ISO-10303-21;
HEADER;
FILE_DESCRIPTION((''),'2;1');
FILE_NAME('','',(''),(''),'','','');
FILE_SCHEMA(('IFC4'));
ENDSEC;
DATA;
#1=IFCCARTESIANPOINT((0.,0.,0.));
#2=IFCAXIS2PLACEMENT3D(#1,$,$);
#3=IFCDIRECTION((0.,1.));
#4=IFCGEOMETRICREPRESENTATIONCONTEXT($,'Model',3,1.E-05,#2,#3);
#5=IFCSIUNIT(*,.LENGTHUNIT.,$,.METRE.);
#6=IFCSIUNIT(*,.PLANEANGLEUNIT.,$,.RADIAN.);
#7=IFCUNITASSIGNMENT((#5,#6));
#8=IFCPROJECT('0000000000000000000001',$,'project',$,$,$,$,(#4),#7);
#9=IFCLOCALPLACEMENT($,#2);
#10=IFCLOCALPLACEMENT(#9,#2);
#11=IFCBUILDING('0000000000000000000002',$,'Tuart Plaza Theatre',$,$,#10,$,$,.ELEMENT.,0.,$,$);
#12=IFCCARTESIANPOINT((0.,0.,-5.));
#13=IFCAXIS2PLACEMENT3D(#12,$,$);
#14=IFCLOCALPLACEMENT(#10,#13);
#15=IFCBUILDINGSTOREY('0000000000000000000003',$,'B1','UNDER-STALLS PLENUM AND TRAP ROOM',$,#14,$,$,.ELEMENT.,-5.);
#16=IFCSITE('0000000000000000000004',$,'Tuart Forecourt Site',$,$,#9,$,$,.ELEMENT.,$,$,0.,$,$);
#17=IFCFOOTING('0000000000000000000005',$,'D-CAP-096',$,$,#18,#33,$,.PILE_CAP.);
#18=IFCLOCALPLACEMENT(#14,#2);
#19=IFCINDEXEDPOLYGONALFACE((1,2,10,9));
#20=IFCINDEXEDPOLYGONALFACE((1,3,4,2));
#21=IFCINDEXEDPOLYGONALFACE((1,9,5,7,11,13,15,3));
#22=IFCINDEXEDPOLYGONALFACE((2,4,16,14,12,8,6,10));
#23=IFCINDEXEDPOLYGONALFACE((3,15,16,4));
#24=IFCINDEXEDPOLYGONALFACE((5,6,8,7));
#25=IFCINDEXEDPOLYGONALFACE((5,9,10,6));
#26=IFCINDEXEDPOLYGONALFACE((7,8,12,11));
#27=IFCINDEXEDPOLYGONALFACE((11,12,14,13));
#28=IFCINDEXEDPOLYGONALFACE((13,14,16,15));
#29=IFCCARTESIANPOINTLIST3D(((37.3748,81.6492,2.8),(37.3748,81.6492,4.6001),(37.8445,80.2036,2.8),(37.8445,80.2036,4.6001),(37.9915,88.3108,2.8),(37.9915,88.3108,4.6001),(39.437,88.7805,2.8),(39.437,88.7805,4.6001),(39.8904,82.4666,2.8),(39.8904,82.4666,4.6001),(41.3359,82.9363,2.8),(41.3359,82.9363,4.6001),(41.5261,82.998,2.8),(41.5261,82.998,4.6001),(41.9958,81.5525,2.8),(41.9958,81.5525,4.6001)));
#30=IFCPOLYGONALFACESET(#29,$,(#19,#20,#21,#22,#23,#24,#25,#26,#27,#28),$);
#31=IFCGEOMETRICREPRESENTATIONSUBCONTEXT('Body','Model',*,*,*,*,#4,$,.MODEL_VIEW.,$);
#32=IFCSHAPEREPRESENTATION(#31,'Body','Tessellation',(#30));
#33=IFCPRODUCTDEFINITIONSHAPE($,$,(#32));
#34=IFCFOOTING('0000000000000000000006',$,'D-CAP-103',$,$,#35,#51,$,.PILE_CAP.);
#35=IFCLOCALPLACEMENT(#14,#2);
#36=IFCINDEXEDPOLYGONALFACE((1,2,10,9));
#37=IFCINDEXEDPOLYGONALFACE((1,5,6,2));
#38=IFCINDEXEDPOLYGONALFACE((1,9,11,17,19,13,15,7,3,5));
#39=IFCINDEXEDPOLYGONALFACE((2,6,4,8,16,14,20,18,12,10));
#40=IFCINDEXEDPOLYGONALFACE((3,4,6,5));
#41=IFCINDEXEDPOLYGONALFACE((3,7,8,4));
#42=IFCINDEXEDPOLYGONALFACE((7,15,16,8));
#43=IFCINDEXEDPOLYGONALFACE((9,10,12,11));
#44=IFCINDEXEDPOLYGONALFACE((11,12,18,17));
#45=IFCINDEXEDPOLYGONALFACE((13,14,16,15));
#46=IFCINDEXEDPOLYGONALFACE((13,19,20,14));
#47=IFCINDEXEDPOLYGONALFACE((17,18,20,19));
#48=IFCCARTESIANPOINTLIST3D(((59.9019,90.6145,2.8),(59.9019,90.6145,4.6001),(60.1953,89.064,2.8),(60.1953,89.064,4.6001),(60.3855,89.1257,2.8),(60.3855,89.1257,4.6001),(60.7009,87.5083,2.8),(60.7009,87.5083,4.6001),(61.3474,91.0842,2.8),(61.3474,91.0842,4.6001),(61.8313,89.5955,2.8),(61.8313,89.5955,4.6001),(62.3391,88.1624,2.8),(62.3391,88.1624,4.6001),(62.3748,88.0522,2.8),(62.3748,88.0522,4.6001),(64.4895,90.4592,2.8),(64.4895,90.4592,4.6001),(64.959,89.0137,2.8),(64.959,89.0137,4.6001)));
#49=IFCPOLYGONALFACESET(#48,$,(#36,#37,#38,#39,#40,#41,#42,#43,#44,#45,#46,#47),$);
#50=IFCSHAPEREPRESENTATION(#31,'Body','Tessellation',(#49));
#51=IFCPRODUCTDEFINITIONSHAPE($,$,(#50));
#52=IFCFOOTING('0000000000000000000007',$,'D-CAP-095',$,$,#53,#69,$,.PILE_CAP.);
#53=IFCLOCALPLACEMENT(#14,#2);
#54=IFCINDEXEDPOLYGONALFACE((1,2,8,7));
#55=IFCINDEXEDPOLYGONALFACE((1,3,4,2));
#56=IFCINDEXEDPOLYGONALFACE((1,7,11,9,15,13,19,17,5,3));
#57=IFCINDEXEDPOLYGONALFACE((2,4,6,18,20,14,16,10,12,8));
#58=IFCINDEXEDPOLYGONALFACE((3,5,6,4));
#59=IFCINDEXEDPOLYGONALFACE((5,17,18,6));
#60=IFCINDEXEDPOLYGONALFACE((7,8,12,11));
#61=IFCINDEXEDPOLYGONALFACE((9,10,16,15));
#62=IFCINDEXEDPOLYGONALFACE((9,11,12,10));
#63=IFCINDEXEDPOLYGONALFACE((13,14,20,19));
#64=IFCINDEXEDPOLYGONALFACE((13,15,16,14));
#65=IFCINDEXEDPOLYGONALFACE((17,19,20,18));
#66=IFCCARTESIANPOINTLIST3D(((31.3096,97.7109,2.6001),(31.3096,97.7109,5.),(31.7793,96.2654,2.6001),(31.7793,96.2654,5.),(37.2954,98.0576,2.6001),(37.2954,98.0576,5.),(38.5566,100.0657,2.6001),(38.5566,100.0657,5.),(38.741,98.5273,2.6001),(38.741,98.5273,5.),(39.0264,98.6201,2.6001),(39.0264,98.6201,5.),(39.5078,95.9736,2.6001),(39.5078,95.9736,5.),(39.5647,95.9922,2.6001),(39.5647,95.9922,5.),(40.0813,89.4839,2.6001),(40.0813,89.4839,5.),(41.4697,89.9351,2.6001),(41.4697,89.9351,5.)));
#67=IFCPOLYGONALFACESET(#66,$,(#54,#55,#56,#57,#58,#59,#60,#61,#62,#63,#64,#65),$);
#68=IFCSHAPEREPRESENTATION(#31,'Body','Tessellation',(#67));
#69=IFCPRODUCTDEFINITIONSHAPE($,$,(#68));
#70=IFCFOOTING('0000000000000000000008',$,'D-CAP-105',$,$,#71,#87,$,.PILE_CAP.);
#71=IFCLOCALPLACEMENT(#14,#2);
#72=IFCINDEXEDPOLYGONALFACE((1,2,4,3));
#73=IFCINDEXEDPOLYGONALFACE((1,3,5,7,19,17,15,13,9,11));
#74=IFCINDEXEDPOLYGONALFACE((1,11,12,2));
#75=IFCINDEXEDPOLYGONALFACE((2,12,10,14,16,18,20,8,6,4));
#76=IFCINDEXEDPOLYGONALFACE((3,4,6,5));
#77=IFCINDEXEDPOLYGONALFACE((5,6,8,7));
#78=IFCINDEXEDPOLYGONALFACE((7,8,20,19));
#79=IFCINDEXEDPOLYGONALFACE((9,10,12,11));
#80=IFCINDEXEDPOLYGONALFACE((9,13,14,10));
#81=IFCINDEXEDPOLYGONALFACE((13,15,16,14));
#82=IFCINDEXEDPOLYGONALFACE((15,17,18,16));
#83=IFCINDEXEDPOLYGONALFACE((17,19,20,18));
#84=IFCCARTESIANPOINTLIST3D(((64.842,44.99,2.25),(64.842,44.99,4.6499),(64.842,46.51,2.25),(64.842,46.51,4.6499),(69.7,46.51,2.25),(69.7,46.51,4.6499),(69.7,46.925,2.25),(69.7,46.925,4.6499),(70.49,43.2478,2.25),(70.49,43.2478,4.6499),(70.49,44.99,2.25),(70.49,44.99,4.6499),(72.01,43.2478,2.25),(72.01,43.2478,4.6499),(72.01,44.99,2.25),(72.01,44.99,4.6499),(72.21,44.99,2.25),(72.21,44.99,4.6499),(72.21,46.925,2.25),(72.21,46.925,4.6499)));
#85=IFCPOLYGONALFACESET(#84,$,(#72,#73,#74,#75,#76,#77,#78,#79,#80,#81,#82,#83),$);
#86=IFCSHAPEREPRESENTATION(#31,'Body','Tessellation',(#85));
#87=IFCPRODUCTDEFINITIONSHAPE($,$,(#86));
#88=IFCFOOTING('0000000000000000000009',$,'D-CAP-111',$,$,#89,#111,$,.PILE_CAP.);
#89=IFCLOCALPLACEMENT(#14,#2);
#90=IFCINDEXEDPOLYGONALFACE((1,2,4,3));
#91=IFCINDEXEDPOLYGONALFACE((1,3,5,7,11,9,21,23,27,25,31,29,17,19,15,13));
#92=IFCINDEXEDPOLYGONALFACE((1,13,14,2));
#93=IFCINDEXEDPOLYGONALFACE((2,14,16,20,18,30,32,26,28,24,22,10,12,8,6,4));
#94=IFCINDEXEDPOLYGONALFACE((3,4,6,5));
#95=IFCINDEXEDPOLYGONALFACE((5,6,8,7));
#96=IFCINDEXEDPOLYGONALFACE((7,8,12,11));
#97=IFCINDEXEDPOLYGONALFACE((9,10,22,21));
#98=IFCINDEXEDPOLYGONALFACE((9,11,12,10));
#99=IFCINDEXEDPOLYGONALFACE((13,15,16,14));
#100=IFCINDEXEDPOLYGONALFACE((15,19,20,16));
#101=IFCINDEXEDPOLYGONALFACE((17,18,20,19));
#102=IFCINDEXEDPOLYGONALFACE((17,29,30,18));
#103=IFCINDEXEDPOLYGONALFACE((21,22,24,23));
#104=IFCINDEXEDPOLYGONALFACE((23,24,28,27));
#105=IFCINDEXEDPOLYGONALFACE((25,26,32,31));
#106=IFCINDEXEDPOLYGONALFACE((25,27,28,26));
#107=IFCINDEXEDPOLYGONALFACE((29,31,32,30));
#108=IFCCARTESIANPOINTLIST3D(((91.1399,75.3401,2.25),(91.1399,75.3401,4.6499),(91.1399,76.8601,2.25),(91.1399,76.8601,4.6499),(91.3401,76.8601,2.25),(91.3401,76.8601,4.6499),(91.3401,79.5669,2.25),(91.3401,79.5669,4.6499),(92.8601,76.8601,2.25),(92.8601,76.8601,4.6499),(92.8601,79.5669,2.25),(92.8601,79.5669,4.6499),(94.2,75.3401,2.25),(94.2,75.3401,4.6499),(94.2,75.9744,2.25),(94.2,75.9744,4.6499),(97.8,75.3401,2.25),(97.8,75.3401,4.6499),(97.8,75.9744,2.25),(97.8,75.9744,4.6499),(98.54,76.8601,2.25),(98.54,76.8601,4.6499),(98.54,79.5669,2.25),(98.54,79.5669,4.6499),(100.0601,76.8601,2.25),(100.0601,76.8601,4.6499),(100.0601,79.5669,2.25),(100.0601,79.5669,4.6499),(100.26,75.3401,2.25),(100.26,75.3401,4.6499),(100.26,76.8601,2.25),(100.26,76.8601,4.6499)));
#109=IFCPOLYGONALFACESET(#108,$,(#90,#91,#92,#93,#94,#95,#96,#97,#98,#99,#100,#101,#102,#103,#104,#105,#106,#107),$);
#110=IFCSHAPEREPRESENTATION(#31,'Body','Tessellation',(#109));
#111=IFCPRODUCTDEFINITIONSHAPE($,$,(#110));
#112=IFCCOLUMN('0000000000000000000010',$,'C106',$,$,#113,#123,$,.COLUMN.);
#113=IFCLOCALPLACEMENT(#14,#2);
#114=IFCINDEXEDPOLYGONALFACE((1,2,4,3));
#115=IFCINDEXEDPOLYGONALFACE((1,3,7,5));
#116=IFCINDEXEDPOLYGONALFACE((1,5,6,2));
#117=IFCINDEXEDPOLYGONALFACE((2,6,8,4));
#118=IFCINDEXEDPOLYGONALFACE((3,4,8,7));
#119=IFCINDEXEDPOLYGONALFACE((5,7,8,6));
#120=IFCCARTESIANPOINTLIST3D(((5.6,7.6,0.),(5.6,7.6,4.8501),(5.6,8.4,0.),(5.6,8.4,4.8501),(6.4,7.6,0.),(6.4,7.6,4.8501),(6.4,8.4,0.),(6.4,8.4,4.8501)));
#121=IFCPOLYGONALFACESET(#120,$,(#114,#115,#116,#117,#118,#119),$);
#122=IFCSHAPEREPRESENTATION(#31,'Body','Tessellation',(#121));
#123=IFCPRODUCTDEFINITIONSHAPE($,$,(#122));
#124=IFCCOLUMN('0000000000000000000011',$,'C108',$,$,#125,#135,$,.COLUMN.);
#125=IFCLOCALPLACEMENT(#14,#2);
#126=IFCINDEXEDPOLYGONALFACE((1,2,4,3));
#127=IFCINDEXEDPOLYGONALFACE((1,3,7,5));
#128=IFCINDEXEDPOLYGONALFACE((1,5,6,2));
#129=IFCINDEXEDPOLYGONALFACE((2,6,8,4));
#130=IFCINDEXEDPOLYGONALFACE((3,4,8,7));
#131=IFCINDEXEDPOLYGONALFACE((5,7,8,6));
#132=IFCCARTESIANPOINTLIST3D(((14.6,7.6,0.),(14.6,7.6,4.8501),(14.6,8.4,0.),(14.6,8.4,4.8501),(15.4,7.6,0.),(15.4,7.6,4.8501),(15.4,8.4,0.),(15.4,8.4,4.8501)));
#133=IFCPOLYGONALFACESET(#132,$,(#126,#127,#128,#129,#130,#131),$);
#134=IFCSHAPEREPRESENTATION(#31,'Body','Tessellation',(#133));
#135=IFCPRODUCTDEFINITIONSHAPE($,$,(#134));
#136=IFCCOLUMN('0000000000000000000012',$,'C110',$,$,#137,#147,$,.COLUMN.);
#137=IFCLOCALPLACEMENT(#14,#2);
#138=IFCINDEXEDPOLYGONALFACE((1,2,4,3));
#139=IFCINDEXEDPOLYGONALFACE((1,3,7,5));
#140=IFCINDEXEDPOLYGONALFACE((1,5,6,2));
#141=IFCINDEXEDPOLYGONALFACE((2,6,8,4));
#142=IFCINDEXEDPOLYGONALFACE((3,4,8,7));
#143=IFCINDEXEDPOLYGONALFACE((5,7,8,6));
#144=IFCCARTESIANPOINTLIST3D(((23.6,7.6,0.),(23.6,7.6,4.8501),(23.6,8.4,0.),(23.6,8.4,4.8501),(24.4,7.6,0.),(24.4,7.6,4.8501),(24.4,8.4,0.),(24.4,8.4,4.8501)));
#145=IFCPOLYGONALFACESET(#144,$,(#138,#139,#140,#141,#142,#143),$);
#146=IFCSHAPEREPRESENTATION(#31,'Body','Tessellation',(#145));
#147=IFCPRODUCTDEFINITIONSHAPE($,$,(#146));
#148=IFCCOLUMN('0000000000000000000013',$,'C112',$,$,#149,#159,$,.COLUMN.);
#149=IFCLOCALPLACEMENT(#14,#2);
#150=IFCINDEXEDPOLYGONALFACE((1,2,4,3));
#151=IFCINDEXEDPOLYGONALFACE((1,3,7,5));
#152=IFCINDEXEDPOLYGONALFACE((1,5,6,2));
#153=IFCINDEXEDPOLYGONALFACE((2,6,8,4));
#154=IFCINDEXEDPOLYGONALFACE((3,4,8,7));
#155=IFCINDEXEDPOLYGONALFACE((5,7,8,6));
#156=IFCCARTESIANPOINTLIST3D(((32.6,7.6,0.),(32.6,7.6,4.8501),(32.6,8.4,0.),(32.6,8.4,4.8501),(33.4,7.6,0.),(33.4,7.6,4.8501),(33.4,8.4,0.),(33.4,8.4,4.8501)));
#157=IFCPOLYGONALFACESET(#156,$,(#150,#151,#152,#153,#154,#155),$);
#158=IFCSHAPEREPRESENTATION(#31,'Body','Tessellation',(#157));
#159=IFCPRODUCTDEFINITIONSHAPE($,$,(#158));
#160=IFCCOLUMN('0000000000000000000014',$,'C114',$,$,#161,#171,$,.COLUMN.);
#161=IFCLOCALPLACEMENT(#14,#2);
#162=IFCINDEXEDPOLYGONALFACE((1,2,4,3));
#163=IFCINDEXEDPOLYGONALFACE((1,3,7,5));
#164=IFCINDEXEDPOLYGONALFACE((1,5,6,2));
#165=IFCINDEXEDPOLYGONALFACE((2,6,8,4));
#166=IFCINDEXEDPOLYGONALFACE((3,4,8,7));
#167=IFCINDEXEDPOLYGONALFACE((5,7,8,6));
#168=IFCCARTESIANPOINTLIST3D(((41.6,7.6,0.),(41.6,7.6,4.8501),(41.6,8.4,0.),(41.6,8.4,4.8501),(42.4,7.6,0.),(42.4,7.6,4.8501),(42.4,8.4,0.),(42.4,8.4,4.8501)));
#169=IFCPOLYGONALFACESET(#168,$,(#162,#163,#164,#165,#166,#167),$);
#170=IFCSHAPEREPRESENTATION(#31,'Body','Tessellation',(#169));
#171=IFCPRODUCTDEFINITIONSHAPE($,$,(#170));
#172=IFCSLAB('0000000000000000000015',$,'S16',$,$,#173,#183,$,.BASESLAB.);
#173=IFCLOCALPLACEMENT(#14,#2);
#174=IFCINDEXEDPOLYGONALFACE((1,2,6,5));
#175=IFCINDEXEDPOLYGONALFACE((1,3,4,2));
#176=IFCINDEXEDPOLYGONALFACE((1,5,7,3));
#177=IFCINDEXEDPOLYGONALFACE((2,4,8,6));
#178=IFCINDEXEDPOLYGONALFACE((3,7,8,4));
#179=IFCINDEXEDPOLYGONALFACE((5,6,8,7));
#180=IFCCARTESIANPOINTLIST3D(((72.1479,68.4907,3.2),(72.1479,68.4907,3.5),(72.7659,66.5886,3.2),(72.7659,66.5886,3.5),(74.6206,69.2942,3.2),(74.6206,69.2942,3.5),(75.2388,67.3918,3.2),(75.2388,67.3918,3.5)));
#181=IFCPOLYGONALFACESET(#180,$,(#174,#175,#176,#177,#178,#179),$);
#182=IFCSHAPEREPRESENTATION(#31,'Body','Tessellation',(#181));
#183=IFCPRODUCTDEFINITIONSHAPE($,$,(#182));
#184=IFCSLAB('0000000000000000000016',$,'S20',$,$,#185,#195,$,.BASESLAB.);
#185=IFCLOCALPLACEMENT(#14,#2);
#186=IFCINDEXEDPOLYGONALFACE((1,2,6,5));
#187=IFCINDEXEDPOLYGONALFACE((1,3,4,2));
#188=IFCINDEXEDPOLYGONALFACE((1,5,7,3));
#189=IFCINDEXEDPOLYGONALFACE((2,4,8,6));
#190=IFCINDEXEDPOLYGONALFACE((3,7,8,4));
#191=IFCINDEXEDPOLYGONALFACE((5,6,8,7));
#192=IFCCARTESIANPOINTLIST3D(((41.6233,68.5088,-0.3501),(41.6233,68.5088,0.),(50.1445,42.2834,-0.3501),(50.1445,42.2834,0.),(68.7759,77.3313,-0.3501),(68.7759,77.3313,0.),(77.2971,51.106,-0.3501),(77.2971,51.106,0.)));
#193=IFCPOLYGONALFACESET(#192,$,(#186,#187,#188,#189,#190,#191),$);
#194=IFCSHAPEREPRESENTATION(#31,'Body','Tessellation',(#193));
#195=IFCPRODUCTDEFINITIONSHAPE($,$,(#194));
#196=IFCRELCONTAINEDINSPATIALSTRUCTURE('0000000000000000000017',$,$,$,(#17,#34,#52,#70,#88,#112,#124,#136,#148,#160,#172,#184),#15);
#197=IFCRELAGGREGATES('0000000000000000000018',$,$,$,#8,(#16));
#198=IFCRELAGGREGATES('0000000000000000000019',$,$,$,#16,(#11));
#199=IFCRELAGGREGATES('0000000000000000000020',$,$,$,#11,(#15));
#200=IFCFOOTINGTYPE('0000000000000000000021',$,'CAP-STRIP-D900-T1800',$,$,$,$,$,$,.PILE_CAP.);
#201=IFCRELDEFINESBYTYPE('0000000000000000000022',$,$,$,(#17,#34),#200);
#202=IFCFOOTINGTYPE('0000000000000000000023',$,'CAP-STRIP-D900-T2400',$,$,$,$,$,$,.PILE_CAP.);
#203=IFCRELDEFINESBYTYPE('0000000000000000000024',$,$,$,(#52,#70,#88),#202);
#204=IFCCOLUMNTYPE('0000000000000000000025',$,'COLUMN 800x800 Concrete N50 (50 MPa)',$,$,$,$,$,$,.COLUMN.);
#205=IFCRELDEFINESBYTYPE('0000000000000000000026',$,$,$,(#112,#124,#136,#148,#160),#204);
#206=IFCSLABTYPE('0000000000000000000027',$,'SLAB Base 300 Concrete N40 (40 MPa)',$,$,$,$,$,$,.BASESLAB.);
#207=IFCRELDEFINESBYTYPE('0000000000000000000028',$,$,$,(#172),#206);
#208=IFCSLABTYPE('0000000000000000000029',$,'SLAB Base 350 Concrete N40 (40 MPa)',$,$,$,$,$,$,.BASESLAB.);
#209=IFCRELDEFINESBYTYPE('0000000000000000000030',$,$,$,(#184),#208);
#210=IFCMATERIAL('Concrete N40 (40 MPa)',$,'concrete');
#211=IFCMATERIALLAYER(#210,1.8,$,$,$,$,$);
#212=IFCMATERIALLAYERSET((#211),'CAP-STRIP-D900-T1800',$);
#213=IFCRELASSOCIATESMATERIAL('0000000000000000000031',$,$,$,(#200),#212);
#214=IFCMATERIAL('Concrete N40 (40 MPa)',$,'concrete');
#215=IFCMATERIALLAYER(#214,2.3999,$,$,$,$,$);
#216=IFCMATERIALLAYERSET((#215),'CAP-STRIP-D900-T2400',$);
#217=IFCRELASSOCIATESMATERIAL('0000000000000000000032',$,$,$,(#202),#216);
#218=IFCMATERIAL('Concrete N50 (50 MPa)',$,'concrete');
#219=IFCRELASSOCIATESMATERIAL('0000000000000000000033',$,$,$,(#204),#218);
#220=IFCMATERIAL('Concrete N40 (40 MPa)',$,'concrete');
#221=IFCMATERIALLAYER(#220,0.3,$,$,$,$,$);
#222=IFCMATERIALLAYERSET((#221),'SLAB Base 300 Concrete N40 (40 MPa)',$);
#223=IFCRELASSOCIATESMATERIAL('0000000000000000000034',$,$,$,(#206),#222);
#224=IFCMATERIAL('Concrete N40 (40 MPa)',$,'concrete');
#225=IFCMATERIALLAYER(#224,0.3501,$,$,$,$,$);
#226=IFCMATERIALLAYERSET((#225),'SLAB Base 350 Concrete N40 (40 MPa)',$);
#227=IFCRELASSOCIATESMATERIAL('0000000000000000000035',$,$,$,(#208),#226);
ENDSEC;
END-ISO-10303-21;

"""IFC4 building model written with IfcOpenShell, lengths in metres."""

from ifc_helpers import new_model, si_unit, direction, frame, origin, origin_2d, place, context, subcontext, project, spatial, polyline, rectangle, outline, extrude, material, layer, layer_set, material_profile, profile_set, type_object, element, save


model = new_model("IFC4")

# Units and contexts
model_context = context("Model", 3, precision=1e-05, world=origin(), true_north=direction((0.0, 1.0)))
body_context = subcontext(model_context, "Body", "Model", "MODEL_VIEW")
ifc_project = project(units=[si_unit("LENGTHUNIT", "METRE"), si_unit("PLANEANGLEUNIT", "RADIAN")], contexts=[model_context])

# Site, building, storey
site_placement = place(None, origin())
site = spatial("IfcSite", under=ifc_project, at=site_placement, Name="Tuart Forecourt Site", CompositionType="ELEMENT", RefElevation=0.0)
building_placement = place(site_placement, origin())
building = spatial("IfcBuilding", under=site, at=building_placement, Name="Tuart Plaza Theatre", CompositionType="ELEMENT", ElevationOfRefHeight=0.0)
storey_placement = place(building_placement, frame((0.0, 0.0, -5.0)))
storey = spatial("IfcBuildingStorey", under=building, at=storey_placement, Name="B1", Description="UNDER-STALLS PLENUM AND TRAP ROOM", CompositionType="ELEMENT", Elevation=-5.0)

# Footings
ifc_material_1 = material(Name="Concrete N40 (40 MPa)", Category="concrete")
ifc_layer_1 = layer(ifc_material_1, 1.8)
ifc_layer_set_1 = layer_set([ifc_layer_1], Name="CAP-STRIP-D900-T1800")
footing_type_1 = type_object("IfcFootingType", Name="CAP-STRIP-D900-T1800", PredefinedType="PILE_CAP", material=ifc_layer_set_1)
footing_1_placement = place(storey_placement, frame((0.0, 0.0, 2.8)))
element("IfcFooting", 1, at=footing_1_placement, inside=storey, type_object=footing_type_1, Name="D-CAP-096", PredefinedType="PILE_CAP", context=body_context, shape_type="SweptSolid", body=[
    extrude(outline(polyline([(37.9915, 88.3108), (39.8904, 82.4666), (37.3748, 81.6492), (37.8445, 80.2036), (41.9958, 81.5525), (41.5261, 82.998), (41.3359, 82.9363), (39.437, 88.7805), (37.9915, 88.3108)])), origin(), (0.0, 0.0, 1.0), 1.8),
])
footing_2_placement = place(storey_placement, frame((0.0, 0.0, 2.8)))
element("IfcFooting", 2, at=footing_2_placement, inside=storey, type_object=footing_type_1, Name="D-CAP-103", PredefinedType="PILE_CAP", context=body_context, shape_type="SweptSolid", body=[
    extrude(outline(polyline([(60.7009, 87.5083), (62.3748, 88.0522), (62.3391, 88.1624), (64.959, 89.0137), (64.4895, 90.4592), (61.8313, 89.5955), (61.3474, 91.0842), (59.9019, 90.6145), (60.3855, 89.1257), (60.1953, 89.064), (60.7009, 87.5083)])), origin(), (0.0, 0.0, 1.0), 1.8),
])
ifc_material_2 = material(Name="Concrete N40 (40 MPa)", Category="concrete")
ifc_layer_2 = layer(ifc_material_2, 2.3999)
ifc_layer_set_2 = layer_set([ifc_layer_2], Name="CAP-STRIP-D900-T2400")
footing_type_2 = type_object("IfcFootingType", Name="CAP-STRIP-D900-T2400", PredefinedType="PILE_CAP", material=ifc_layer_set_2)
footing_3_placement = place(storey_placement, frame((0.0, 0.0, 2.6001)))
element("IfcFooting", 3, at=footing_3_placement, inside=storey, type_object=footing_type_2, Name="D-CAP-095", PredefinedType="PILE_CAP", context=body_context, shape_type="SweptSolid", body=[
    extrude(outline(polyline([(39.5647, 95.9922), (38.741, 98.5273), (39.0264, 98.6201), (38.5566, 100.0657), (31.3096, 97.7109), (31.7793, 96.2654), (37.2954, 98.0576), (40.0813, 89.4839), (41.4697, 89.9351), (39.5078, 95.9736), (39.5647, 95.9922)])), origin(), (0.0, 0.0, 1.0), 2.3999),
])
footing_4_placement = place(storey_placement, frame((0.0, 0.0, 2.25)))
element("IfcFooting", 4, at=footing_4_placement, inside=storey, type_object=footing_type_2, Name="D-CAP-105", PredefinedType="PILE_CAP", context=body_context, shape_type="SweptSolid", body=[
    extrude(outline(polyline([(69.7, 46.51), (64.842, 46.51), (64.842, 44.99), (70.49, 44.99), (70.49, 43.2478), (72.01, 43.2478), (72.01, 44.99), (72.21, 44.99), (72.21, 46.925), (69.7, 46.925), (69.7, 46.51)])), origin(), (0.0, 0.0, 1.0), 2.3999),
])
footing_5_placement = place(storey_placement, frame((0.0, 0.0, 2.25)))
element("IfcFooting", 5, at=footing_5_placement, inside=storey, type_object=footing_type_2, Name="D-CAP-111", PredefinedType="PILE_CAP", context=body_context, shape_type="SweptSolid", body=[
    extrude(outline(polyline([(91.1399, 76.8601), (91.1399, 75.3401), (94.2, 75.3401), (94.2, 75.9744), (97.8, 75.9744), (97.8, 75.3401), (100.26, 75.3401), (100.26, 76.8601), (100.0601, 76.8601), (100.0601, 79.5669), (98.54, 79.5669), (98.54, 76.8601), (92.8601, 76.8601), (92.8601, 79.5669), (91.3401, 79.5669), (91.3401, 76.8601), (91.1399, 76.8601)])), origin(), (0.0, 0.0, 1.0), 2.3999),
])

# Columns
ifc_material_3 = material(Name="Concrete N50 (50 MPa)", Category="concrete")
ifc_material_profile = material_profile(ifc_material_3, rectangle(XDim=0.8, YDim=0.8, at=origin_2d()), Name="COLUMN 800x800 Concrete N50 (50 MPa)")
ifc_profile_set = profile_set([ifc_material_profile], Name="Concrete N50 (50 MPa)")
column_type = type_object("IfcColumnType", Name="COLUMN 800x800 Concrete N50 (50 MPa)", PredefinedType="COLUMN", material=ifc_profile_set)
for number, where, z_axis, x_axis, name in (
    (6, (6.0, 8.0, 0.0), (0.0, 0.0, 1.0), (1.0, 0.0, 0.0), "C106"),
    (7, (15.0, 8.0, 0.0), (0.0, 0.0, 1.0), (1.0, 0.0, 0.0), "C108"),
    (8, (24.0, 8.0, 0.0), (0.0, 0.0, 1.0), (1.0, 0.0, 0.0), "C110"),
    (9, (33.0, 8.0, 0.0), (0.0, 0.0, 1.0), (1.0, 0.0, 0.0), "C112"),
    (10, (42.0, 8.0, 0.0), (0.0, 0.0, 1.0), (1.0, 0.0, 0.0), "C114"),
):
    element("IfcColumn", number, at=place(storey_placement, frame(where, z_axis=z_axis, x_axis=x_axis)), inside=storey, type_object=column_type, Name=name, PredefinedType="COLUMN", context=body_context, shape_type="SweptSolid", body=[
        extrude(rectangle(XDim=0.8, YDim=0.8, at=origin_2d()), origin(), (0.0, 0.0, 1.0), 4.8501),
    ])

# Slabs
ifc_material_4 = material(Name="Concrete N40 (40 MPa)", Category="concrete")
ifc_layer_3 = layer(ifc_material_4, 0.3)
ifc_layer_set_3 = layer_set([ifc_layer_3], Name="SLAB Base 300 Concrete N40 (40 MPa)")
slab_type_1 = type_object("IfcSlabType", Name="SLAB Base 300 Concrete N40 (40 MPa)", PredefinedType="BASESLAB", material=ifc_layer_set_3)
slab_1_placement = place(storey_placement, frame((0.0, 0.0, 3.2)))
element("IfcSlab", 11, at=slab_1_placement, inside=storey, type_object=slab_type_1, Name="S16", PredefinedType="BASESLAB", context=body_context, shape_type="SweptSolid", body=[
    extrude(outline(polyline([(75.2388, 67.3918), (74.6206, 69.2942), (72.1479, 68.4907), (72.7659, 66.5886), (75.2388, 67.3918)])), origin(), (0.0, 0.0, 1.0), 0.3),
])
ifc_material_5 = material(Name="Concrete N40 (40 MPa)", Category="concrete")
ifc_layer_4 = layer(ifc_material_5, 0.3501)
ifc_layer_set_4 = layer_set([ifc_layer_4], Name="SLAB Base 350 Concrete N40 (40 MPa)")
slab_type_2 = type_object("IfcSlabType", Name="SLAB Base 350 Concrete N40 (40 MPa)", PredefinedType="BASESLAB", material=ifc_layer_set_4)
slab_2_placement = place(storey_placement, frame((0.0, 0.0, -0.3501)))
element("IfcSlab", 12, at=slab_2_placement, inside=storey, type_object=slab_type_2, Name="S20", PredefinedType="BASESLAB", context=body_context, shape_type="SweptSolid", body=[
    extrude(outline(polyline([(77.2971, 51.106), (68.7759, 77.3313), (41.6233, 68.5088), (50.1445, 42.2834), (77.2971, 51.106)])), origin(), (0.0, 0.0, 1.0), 0.3501),
])

save(model, "model.ifc")
